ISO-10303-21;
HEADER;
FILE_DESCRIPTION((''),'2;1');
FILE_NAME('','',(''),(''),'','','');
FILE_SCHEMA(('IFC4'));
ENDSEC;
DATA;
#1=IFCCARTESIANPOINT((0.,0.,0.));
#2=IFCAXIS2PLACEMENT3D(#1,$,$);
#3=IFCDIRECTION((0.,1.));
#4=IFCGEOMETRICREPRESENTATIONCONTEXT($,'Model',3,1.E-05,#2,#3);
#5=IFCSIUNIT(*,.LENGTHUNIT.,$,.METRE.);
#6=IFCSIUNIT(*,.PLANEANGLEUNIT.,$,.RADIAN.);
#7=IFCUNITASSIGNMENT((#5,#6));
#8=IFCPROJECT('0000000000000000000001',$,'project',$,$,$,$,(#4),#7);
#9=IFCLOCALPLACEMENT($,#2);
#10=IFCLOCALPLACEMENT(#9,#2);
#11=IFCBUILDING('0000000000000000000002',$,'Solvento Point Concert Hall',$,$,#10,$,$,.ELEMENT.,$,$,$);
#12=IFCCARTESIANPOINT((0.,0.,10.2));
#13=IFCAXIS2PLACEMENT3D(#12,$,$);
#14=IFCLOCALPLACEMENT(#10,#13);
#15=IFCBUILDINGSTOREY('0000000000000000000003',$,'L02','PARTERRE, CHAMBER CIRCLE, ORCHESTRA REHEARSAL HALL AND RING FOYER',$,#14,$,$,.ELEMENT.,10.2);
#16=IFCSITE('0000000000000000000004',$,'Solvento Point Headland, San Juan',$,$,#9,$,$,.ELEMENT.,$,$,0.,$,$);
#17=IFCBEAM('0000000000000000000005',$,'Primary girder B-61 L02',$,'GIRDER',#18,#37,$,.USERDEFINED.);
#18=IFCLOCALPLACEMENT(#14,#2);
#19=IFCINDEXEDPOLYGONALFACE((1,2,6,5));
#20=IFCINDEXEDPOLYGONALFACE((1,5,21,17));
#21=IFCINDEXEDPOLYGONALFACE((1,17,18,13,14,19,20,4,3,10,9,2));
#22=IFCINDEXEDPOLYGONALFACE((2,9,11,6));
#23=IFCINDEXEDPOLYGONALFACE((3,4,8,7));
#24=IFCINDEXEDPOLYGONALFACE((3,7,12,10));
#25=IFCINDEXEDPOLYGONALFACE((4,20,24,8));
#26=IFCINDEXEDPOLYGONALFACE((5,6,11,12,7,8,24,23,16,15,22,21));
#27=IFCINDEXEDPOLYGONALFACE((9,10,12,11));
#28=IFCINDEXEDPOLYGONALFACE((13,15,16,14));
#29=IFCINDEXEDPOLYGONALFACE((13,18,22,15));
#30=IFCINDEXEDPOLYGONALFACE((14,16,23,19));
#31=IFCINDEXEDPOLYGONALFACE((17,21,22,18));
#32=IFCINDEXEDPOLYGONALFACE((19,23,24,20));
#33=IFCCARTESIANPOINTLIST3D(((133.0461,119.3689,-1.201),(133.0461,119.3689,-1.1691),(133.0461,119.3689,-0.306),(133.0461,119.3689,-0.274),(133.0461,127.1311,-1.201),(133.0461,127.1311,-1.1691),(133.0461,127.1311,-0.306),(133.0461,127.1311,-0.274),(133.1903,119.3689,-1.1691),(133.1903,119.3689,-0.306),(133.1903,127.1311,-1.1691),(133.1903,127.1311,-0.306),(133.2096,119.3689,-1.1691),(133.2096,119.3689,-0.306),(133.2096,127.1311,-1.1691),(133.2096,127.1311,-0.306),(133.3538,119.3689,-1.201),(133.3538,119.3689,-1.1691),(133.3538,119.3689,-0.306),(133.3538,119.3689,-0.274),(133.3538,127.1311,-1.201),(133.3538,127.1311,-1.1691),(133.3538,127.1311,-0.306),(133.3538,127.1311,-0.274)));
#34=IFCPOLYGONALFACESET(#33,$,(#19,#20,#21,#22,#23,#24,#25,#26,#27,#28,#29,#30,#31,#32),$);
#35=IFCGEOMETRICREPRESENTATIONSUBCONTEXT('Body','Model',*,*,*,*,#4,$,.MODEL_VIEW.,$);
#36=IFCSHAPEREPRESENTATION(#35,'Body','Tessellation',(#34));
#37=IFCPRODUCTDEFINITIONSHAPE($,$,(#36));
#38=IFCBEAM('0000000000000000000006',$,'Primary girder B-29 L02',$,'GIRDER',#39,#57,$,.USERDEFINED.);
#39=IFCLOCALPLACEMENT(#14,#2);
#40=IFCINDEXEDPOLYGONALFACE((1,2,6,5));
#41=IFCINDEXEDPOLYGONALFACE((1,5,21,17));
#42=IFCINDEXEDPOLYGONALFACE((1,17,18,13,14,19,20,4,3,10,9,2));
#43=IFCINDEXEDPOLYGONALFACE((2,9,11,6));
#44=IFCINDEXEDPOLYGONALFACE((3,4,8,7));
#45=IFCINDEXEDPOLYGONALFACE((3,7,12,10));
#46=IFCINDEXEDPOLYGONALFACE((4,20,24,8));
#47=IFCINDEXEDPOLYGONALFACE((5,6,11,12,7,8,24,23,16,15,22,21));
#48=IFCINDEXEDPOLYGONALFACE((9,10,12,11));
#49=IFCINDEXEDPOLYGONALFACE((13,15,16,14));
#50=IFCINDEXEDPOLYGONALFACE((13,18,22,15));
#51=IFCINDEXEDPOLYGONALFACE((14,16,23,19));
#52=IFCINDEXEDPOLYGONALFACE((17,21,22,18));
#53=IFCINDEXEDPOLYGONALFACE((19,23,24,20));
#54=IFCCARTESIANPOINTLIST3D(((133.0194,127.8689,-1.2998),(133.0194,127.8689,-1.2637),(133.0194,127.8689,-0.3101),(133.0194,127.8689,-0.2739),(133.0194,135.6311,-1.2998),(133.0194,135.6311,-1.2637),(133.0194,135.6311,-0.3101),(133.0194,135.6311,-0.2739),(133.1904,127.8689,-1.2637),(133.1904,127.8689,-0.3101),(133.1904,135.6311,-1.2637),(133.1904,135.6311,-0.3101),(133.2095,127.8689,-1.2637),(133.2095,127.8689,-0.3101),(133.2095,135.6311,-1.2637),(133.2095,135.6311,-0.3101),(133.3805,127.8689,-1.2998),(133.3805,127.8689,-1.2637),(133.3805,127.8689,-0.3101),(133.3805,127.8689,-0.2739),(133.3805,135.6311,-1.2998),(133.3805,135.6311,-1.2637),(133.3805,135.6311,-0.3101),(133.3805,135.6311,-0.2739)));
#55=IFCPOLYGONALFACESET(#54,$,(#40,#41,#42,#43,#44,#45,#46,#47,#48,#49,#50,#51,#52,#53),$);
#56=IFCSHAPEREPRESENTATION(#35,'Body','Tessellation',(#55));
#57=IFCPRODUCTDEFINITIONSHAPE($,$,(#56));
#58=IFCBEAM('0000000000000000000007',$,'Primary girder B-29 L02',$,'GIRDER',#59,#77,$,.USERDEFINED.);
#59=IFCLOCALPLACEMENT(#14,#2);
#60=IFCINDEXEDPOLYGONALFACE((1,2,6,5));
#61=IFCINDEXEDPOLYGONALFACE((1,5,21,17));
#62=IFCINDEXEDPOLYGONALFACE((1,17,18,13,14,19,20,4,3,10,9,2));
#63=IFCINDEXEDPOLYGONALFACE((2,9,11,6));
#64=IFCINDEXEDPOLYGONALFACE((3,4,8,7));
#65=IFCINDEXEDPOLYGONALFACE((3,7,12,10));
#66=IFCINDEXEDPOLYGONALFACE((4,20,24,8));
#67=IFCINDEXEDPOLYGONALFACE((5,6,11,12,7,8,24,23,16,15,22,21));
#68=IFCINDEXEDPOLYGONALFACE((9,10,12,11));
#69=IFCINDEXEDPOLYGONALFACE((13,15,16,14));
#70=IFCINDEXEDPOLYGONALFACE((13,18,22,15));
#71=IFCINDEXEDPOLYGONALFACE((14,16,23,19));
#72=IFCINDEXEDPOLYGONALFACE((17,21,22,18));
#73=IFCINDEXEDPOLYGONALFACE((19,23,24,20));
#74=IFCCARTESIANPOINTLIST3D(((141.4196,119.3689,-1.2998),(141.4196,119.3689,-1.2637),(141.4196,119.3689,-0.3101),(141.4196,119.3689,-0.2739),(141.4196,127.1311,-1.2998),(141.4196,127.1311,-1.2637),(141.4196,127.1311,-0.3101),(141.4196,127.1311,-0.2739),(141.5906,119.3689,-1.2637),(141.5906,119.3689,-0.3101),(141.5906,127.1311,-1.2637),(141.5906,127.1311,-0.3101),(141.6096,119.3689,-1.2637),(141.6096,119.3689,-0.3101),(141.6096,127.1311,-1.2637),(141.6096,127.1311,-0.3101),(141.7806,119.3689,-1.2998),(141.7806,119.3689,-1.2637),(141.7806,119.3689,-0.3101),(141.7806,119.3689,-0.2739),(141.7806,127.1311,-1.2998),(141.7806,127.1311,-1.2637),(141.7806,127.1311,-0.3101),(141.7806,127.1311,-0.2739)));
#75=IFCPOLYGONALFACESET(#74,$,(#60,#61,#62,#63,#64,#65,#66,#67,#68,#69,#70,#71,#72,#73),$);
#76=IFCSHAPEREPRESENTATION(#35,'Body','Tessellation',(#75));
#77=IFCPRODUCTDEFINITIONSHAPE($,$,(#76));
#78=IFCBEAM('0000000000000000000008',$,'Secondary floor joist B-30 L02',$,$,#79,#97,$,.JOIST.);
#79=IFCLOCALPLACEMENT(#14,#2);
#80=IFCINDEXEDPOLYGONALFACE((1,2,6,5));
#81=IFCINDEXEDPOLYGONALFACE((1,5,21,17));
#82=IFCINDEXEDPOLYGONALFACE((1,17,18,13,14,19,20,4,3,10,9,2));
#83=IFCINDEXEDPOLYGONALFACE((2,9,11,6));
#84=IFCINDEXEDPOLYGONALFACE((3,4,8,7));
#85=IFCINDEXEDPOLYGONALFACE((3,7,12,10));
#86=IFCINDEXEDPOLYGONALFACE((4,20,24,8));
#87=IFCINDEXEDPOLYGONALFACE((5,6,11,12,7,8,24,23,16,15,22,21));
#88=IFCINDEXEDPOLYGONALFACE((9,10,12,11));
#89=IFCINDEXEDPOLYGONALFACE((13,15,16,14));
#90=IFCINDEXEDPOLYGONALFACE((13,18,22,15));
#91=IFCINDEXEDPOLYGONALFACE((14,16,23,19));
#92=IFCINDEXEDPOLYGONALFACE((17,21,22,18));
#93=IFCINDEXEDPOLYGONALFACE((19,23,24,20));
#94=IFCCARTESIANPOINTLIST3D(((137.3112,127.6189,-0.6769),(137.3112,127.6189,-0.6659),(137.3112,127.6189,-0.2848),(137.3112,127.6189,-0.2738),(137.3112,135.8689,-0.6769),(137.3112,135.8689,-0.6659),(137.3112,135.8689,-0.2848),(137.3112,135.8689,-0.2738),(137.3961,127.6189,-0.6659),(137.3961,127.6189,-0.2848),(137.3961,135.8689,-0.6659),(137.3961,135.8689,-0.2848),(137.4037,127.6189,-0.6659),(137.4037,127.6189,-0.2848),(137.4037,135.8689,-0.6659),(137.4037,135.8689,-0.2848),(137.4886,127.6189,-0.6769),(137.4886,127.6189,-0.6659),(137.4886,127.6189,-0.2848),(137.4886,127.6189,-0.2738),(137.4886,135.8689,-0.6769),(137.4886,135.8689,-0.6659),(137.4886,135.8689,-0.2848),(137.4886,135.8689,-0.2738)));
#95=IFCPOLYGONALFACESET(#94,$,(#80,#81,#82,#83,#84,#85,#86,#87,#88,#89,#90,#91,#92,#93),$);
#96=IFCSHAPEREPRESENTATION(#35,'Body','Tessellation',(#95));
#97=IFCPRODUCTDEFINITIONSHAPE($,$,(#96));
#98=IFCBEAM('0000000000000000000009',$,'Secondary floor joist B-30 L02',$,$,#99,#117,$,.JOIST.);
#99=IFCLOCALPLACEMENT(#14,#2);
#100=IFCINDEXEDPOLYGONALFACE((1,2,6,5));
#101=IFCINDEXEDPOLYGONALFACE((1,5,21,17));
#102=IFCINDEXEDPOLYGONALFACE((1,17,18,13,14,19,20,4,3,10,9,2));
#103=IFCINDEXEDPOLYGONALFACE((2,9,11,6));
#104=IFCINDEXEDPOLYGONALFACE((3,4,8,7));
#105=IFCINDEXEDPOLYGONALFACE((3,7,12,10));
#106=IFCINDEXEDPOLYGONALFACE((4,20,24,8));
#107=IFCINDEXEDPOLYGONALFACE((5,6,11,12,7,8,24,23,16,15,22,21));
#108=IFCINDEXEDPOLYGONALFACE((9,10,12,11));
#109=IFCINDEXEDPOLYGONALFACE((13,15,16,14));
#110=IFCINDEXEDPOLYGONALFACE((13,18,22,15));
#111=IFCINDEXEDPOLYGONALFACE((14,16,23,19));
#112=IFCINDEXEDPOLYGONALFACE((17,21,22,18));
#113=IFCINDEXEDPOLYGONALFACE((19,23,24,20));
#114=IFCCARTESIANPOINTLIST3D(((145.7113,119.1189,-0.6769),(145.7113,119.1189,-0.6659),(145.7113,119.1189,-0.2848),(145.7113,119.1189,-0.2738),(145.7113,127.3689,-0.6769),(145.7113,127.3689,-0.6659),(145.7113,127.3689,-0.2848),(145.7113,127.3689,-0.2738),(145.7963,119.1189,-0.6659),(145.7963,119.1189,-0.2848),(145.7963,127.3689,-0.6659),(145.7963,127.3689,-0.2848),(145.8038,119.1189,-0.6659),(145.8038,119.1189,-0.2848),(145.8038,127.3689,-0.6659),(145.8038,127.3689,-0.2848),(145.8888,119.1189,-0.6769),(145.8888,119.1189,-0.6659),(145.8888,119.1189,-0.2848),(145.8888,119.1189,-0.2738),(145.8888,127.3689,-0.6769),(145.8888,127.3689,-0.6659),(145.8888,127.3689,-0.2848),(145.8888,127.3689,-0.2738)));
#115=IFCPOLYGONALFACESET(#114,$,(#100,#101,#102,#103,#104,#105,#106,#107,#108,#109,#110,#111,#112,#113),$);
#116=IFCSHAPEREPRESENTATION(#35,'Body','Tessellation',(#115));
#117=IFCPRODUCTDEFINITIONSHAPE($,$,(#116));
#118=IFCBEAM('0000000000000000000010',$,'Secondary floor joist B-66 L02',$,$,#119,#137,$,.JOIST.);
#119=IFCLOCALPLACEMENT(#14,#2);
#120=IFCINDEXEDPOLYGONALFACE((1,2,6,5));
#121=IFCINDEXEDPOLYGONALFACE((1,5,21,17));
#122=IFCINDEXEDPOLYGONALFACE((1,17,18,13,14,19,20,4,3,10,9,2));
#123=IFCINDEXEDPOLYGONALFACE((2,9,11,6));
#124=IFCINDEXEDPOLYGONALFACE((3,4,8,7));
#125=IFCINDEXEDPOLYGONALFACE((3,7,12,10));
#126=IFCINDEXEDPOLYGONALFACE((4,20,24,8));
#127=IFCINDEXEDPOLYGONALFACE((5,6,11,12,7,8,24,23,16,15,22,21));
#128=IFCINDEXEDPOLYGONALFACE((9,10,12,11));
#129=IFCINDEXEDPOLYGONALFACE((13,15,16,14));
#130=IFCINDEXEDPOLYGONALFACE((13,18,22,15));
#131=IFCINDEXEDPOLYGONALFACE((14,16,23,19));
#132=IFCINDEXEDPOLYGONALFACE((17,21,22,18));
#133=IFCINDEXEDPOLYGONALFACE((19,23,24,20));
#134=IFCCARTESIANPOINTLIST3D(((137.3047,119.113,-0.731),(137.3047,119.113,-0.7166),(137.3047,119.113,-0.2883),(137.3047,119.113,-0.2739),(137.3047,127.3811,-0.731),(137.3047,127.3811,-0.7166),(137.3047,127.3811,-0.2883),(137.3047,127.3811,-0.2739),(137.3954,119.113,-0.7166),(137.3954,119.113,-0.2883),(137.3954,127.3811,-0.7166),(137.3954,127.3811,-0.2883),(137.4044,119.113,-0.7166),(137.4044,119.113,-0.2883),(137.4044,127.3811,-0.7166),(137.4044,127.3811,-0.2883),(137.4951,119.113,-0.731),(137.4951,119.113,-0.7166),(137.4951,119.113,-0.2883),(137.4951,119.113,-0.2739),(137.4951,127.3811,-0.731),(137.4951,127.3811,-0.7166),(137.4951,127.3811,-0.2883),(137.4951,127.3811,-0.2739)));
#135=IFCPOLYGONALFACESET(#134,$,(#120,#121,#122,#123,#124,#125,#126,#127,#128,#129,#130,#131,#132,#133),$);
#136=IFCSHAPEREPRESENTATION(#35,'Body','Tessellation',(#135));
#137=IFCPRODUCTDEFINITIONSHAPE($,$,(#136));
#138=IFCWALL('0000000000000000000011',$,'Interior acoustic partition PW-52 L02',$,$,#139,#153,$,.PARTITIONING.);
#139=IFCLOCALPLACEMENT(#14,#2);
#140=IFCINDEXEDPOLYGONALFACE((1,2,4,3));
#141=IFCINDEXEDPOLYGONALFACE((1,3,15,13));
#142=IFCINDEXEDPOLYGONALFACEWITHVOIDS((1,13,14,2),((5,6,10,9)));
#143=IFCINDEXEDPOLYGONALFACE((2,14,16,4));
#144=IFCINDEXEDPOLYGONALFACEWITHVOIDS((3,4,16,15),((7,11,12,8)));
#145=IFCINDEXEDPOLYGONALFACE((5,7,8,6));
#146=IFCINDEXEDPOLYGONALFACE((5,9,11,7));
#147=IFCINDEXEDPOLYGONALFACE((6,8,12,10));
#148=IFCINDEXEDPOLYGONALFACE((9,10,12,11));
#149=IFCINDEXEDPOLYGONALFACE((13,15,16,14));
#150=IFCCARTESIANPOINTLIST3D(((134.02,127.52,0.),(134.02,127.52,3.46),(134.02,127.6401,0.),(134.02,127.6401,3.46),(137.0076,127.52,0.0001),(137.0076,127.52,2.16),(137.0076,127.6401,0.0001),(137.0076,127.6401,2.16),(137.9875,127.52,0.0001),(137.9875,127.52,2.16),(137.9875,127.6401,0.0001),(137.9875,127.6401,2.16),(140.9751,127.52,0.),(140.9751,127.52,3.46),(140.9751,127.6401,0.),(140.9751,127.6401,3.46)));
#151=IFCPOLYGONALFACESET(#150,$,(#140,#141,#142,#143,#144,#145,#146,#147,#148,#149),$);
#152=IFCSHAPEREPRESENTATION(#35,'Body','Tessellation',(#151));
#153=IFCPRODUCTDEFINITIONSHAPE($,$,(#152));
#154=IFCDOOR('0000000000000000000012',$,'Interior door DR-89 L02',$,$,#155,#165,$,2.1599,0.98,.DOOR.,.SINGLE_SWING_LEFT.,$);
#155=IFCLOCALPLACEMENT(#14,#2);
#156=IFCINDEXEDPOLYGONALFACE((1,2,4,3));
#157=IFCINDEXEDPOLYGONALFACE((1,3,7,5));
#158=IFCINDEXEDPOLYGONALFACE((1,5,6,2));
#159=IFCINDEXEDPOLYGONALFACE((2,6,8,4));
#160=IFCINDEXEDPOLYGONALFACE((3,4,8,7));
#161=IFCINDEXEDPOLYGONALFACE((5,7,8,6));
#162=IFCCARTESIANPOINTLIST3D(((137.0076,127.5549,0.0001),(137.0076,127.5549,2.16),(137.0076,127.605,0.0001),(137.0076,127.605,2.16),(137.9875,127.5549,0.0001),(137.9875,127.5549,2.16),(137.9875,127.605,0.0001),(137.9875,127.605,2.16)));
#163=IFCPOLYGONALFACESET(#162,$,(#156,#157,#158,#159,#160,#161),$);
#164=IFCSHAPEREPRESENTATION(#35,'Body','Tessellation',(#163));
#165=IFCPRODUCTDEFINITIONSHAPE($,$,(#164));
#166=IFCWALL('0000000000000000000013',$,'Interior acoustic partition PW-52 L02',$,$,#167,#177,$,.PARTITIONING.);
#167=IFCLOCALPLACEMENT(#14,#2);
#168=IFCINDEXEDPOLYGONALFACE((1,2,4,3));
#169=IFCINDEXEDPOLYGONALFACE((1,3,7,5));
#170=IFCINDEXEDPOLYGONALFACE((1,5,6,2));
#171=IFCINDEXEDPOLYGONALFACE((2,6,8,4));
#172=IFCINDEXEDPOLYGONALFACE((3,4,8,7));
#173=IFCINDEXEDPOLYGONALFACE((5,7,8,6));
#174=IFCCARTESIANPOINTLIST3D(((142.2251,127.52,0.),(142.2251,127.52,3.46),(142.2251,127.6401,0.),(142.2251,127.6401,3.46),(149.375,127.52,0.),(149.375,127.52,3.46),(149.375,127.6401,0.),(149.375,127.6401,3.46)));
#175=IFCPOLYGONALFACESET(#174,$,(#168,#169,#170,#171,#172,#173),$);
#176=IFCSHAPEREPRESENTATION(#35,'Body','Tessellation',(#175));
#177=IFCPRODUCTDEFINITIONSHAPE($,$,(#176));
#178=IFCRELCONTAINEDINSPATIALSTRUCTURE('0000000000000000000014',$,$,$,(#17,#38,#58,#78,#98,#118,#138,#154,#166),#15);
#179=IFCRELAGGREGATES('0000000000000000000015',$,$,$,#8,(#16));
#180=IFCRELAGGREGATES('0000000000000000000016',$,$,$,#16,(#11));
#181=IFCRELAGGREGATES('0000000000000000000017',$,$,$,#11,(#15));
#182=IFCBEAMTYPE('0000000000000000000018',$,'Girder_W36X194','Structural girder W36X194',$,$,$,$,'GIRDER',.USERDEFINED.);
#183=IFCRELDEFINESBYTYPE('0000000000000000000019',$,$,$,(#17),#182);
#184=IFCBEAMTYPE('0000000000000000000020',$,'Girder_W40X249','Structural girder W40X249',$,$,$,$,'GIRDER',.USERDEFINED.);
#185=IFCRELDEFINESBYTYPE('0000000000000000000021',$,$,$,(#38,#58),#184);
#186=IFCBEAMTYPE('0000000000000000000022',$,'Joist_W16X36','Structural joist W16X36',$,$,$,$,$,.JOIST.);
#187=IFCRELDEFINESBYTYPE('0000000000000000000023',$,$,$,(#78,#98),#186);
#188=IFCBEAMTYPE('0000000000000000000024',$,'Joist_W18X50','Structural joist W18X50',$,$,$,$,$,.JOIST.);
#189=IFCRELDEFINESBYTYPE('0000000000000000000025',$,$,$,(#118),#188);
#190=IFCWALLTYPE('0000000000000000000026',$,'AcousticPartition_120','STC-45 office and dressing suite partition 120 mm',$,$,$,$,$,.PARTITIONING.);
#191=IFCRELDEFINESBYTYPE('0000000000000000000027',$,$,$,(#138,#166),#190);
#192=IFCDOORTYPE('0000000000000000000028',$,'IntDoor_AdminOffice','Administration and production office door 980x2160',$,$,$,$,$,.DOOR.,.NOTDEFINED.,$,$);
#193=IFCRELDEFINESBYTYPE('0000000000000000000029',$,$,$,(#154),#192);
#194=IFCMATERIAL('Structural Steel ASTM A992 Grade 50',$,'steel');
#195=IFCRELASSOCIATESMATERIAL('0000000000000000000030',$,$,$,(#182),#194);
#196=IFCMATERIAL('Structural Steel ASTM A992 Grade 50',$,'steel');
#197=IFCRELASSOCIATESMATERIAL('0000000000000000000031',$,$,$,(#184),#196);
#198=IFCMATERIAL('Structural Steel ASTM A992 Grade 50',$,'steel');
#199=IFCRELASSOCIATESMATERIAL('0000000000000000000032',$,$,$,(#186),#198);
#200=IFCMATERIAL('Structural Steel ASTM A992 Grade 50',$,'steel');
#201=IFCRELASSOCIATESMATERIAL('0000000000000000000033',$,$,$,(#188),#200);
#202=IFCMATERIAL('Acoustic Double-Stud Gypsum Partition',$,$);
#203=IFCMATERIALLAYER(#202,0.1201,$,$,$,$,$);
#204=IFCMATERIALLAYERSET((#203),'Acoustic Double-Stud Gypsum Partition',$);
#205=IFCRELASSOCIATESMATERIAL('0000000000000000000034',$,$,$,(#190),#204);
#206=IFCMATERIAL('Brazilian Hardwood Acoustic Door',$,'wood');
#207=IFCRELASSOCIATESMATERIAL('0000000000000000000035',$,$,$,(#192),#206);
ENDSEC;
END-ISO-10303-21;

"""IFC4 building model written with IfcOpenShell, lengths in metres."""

from ifc_helpers import new_model, si_unit, direction, frame, frame_2d, origin, origin_2d, place, context, subcontext, project, spatial, rectangle, i_section, extrude, material, layer, layer_set, material_profile, profile_set, type_object, element, fill, save


model = new_model("IFC4")

# Units and contexts
model_context = context("Model", 3, precision=1e-05, world=origin(), true_north=direction((0.0, 1.0)))
body_context = subcontext(model_context, "Body", "Model", "MODEL_VIEW")
ifc_project = project(units=[si_unit("LENGTHUNIT", "METRE"), si_unit("PLANEANGLEUNIT", "RADIAN")], contexts=[model_context])

# Site, building, storey
site_placement = place(None, origin())
site = spatial("IfcSite", under=ifc_project, at=site_placement, Name="Solvento Point Headland, San Juan", CompositionType="ELEMENT", RefElevation=0.0)
building_placement = place(site_placement, origin())
building = spatial("IfcBuilding", under=site, at=building_placement, Name="Solvento Point Concert Hall", CompositionType="ELEMENT")
storey_placement = place(building_placement, frame((0.0, 0.0, 10.2)))
storey = spatial("IfcBuildingStorey", under=building, at=storey_placement, Name="L02", Description="PARTERRE, CHAMBER CIRCLE, ORCHESTRA REHEARSAL HALL AND RING FOYER", CompositionType="ELEMENT", Elevation=10.2)

# Beams
ifc_material_1 = material(Name="Structural Steel ASTM A992 Grade 50", Category="steel")
ifc_material_profile_1 = material_profile(ifc_material_1, i_section(OverallWidth=0.3076, OverallDepth=0.927, WebThickness=0.0193, FlangeThickness=0.032, at=origin_2d()), Name="W36X194")
ifc_profile_set_1 = profile_set([ifc_material_profile_1], Name="Structural Steel ASTM A992 Grade 50")
beam_type_1 = type_object("IfcBeamType", Name="Girder_W36X194", Description="Structural girder W36X194", ElementType="GIRDER", PredefinedType="USERDEFINED", material=ifc_profile_set_1)
beam_1_placement = place(storey_placement, frame((133.2, 119.3689, -0.7375), z_axis=(0.0, 1.0, 0.0), x_axis=(-1.0, 0.0, 0.0)))
element("IfcBeam", 1, at=beam_1_placement, inside=storey, type_object=beam_type_1, Name="Primary girder B-61 L02", ObjectType="GIRDER", PredefinedType="USERDEFINED", context=body_context, shape_type="SweptSolid", body=[
    extrude(i_section(OverallWidth=0.3076, OverallDepth=0.927, WebThickness=0.0193, FlangeThickness=0.032, at=origin_2d()), origin(), (0.0, 0.0, 1.0), 7.7622),
])
ifc_material_2 = material(Name="Structural Steel ASTM A992 Grade 50", Category="steel")
ifc_material_profile_2 = material_profile(ifc_material_2, i_section(OverallWidth=0.3611, OverallDepth=1.0259, WebThickness=0.019, FlangeThickness=0.0361, at=origin_2d()), Name="W40X249")
ifc_profile_set_2 = profile_set([ifc_material_profile_2], Name="Structural Steel ASTM A992 Grade 50")
beam_type_2 = type_object("IfcBeamType", Name="Girder_W40X249", Description="Structural girder W40X249", ElementType="GIRDER", PredefinedType="USERDEFINED", material=ifc_profile_set_2)
for number, where, z_axis, x_axis, name in (
    (2, (133.2, 127.8689, -0.7869), (0.0, 1.0, 0.0), (-1.0, 0.0, 0.0), "Primary girder B-29 L02"),
    (3, (141.6001, 119.3689, -0.7869), (0.0, 1.0, 0.0), (-1.0, 0.0, 0.0), "Primary girder B-29 L02"),
):
    element("IfcBeam", number, at=place(storey_placement, frame(where, z_axis=z_axis, x_axis=x_axis)), inside=storey, type_object=beam_type_2, Name=name, ObjectType="GIRDER", PredefinedType="USERDEFINED", context=body_context, shape_type="SweptSolid", body=[
        extrude(i_section(OverallWidth=0.3611, OverallDepth=1.0259, WebThickness=0.019, FlangeThickness=0.0361, at=origin_2d()), origin(), (0.0, 0.0, 1.0), 7.7622),
    ])
ifc_material_3 = material(Name="Structural Steel ASTM A992 Grade 50", Category="steel")
ifc_material_profile_3 = material_profile(ifc_material_3, i_section(OverallWidth=0.1775, OverallDepth=0.4031, WebThickness=0.0076, FlangeThickness=0.011, at=origin_2d()), Name="W16X36")
ifc_profile_set_3 = profile_set([ifc_material_profile_3], Name="Structural Steel ASTM A992 Grade 50")
beam_type_3 = type_object("IfcBeamType", Name="Joist_W16X36", Description="Structural joist W16X36", PredefinedType="JOIST", material=ifc_profile_set_3)
for number, where, z_axis, x_axis, name in (
    (4, (137.3999, 127.6189, -0.4753), (0.0, 1.0, 0.0), (-1.0, 0.0, 0.0), "Secondary floor joist B-30 L02"),
    (5, (145.8, 119.1189, -0.4753), (0.0, 1.0, 0.0), (-1.0, 0.0, 0.0), "Secondary floor joist B-30 L02"),
):
    element("IfcBeam", number, at=place(storey_placement, frame(where, z_axis=z_axis, x_axis=x_axis)), inside=storey, type_object=beam_type_3, Name=name, PredefinedType="JOIST", context=body_context, shape_type="SweptSolid", body=[
        extrude(i_section(OverallWidth=0.1775, OverallDepth=0.4031, WebThickness=0.0076, FlangeThickness=0.011, at=origin_2d()), origin(), (0.0, 0.0, 1.0), 8.25),
    ])
ifc_material_4 = material(Name="Structural Steel ASTM A992 Grade 50", Category="steel")
ifc_material_profile_4 = material_profile(ifc_material_4, i_section(OverallWidth=0.1904, OverallDepth=0.457, WebThickness=0.009, FlangeThickness=0.0144, at=origin_2d()), Name="W18X50")
ifc_profile_set_4 = profile_set([ifc_material_profile_4], Name="Structural Steel ASTM A992 Grade 50")
beam_type_4 = type_object("IfcBeamType", Name="Joist_W18X50", Description="Structural joist W18X50", PredefinedType="JOIST", material=ifc_profile_set_4)
beam_2_placement = place(storey_placement, frame((137.3999, 119.113, -0.5024), z_axis=(0.0, 1.0, 0.0), x_axis=(-1.0, 0.0, 0.0)))
element("IfcBeam", 6, at=beam_2_placement, inside=storey, type_object=beam_type_4, Name="Secondary floor joist B-66 L02", PredefinedType="JOIST", context=body_context, shape_type="SweptSolid", body=[
    extrude(i_section(OverallWidth=0.1904, OverallDepth=0.457, WebThickness=0.009, FlangeThickness=0.0144, at=origin_2d()), origin(), (0.0, 0.0, 1.0), 8.2681),
])

# Wall, opening, door
ifc_material_5 = material(Name="Acoustic Double-Stud Gypsum Partition")
ifc_layer_1 = layer(ifc_material_5, 0.1201)
ifc_layer_set_1 = layer_set([ifc_layer_1], Name="Acoustic Double-Stud Gypsum Partition")
wall_type_1 = type_object("IfcWallType", Name="AcousticPartition_120", Description="STC-45 office and dressing suite partition 120 mm", PredefinedType="PARTITIONING", material=ifc_layer_set_1)
wall_1_placement = place(storey_placement, frame((134.02, 127.5801, 0.0), z_axis=(0.0, 0.0, 1.0), x_axis=(1.0, 0.0, 0.0)))
wall_1 = element("IfcWall", 7, at=wall_1_placement, inside=storey, type_object=wall_type_1, Name="Interior acoustic partition PW-52 L02", PredefinedType="PARTITIONING", context=body_context, shape_type="SweptSolid", body=[
    extrude(rectangle(XDim=6.9551, YDim=0.1201, at=frame_2d((3.4775, 0.0))), origin(), (0.0, 0.0, 1.0), 3.46),
])
opening_1_placement = place(wall_1_placement, frame((2.9875, 0.0, 0.0)))
opening_1 = element("IfcOpeningElement", 8, at=opening_1_placement, cuts=wall_1, PredefinedType="OPENING", context=body_context, shape_type="SweptSolid", body=[
    extrude(rectangle(XDim=0.98, YDim=2.1599, at=frame_2d((0.49, 1.0801))), frame((0.0, 0.0701, 0.0), z_axis=(0.0, -1.0, 0.0), x_axis=(1.0, 0.0, 0.0)), (0.0, 0.0, 1.0), 0.1401),
])
ifc_material_6 = material(Name="Brazilian Hardwood Acoustic Door", Category="wood")
door_type = type_object("IfcDoorType", Name="IntDoor_AdminOffice", Description="Administration and production office door 980x2160", OperationType="NOTDEFINED", PredefinedType="DOOR", material=ifc_material_6)
door_placement = place(opening_1_placement, origin())
door = element("IfcDoor", 9, at=door_placement, inside=storey, type_object=door_type, Name="Interior door DR-89 L02", OperationType="SINGLE_SWING_LEFT", OverallHeight=2.1599, OverallWidth=0.98, PredefinedType="DOOR", context=body_context, shape_type="SweptSolid", body=[
    extrude(rectangle(XDim=0.98, YDim=2.1599, at=frame_2d((0.49, 1.0801))), frame((0.0, 0.0249, 0.0), z_axis=(0.0, -1.0, 0.0), x_axis=(1.0, 0.0, 0.0)), (0.0, 0.0, 1.0), 0.05),
])
fill(opening_1, door)

# Wall
wall_2_placement = place(storey_placement, frame((142.2251, 127.5801, 0.0), z_axis=(0.0, 0.0, 1.0), x_axis=(1.0, 0.0, 0.0)))
element("IfcWall", 10, at=wall_2_placement, inside=storey, type_object=wall_type_1, Name="Interior acoustic partition PW-52 L02", PredefinedType="PARTITIONING", context=body_context, shape_type="SweptSolid", body=[
    extrude(rectangle(XDim=7.1499, YDim=0.1201, at=frame_2d((3.575, 0.0))), origin(), (0.0, 0.0, 1.0), 3.46),
])

save(model, "model.ifc")
